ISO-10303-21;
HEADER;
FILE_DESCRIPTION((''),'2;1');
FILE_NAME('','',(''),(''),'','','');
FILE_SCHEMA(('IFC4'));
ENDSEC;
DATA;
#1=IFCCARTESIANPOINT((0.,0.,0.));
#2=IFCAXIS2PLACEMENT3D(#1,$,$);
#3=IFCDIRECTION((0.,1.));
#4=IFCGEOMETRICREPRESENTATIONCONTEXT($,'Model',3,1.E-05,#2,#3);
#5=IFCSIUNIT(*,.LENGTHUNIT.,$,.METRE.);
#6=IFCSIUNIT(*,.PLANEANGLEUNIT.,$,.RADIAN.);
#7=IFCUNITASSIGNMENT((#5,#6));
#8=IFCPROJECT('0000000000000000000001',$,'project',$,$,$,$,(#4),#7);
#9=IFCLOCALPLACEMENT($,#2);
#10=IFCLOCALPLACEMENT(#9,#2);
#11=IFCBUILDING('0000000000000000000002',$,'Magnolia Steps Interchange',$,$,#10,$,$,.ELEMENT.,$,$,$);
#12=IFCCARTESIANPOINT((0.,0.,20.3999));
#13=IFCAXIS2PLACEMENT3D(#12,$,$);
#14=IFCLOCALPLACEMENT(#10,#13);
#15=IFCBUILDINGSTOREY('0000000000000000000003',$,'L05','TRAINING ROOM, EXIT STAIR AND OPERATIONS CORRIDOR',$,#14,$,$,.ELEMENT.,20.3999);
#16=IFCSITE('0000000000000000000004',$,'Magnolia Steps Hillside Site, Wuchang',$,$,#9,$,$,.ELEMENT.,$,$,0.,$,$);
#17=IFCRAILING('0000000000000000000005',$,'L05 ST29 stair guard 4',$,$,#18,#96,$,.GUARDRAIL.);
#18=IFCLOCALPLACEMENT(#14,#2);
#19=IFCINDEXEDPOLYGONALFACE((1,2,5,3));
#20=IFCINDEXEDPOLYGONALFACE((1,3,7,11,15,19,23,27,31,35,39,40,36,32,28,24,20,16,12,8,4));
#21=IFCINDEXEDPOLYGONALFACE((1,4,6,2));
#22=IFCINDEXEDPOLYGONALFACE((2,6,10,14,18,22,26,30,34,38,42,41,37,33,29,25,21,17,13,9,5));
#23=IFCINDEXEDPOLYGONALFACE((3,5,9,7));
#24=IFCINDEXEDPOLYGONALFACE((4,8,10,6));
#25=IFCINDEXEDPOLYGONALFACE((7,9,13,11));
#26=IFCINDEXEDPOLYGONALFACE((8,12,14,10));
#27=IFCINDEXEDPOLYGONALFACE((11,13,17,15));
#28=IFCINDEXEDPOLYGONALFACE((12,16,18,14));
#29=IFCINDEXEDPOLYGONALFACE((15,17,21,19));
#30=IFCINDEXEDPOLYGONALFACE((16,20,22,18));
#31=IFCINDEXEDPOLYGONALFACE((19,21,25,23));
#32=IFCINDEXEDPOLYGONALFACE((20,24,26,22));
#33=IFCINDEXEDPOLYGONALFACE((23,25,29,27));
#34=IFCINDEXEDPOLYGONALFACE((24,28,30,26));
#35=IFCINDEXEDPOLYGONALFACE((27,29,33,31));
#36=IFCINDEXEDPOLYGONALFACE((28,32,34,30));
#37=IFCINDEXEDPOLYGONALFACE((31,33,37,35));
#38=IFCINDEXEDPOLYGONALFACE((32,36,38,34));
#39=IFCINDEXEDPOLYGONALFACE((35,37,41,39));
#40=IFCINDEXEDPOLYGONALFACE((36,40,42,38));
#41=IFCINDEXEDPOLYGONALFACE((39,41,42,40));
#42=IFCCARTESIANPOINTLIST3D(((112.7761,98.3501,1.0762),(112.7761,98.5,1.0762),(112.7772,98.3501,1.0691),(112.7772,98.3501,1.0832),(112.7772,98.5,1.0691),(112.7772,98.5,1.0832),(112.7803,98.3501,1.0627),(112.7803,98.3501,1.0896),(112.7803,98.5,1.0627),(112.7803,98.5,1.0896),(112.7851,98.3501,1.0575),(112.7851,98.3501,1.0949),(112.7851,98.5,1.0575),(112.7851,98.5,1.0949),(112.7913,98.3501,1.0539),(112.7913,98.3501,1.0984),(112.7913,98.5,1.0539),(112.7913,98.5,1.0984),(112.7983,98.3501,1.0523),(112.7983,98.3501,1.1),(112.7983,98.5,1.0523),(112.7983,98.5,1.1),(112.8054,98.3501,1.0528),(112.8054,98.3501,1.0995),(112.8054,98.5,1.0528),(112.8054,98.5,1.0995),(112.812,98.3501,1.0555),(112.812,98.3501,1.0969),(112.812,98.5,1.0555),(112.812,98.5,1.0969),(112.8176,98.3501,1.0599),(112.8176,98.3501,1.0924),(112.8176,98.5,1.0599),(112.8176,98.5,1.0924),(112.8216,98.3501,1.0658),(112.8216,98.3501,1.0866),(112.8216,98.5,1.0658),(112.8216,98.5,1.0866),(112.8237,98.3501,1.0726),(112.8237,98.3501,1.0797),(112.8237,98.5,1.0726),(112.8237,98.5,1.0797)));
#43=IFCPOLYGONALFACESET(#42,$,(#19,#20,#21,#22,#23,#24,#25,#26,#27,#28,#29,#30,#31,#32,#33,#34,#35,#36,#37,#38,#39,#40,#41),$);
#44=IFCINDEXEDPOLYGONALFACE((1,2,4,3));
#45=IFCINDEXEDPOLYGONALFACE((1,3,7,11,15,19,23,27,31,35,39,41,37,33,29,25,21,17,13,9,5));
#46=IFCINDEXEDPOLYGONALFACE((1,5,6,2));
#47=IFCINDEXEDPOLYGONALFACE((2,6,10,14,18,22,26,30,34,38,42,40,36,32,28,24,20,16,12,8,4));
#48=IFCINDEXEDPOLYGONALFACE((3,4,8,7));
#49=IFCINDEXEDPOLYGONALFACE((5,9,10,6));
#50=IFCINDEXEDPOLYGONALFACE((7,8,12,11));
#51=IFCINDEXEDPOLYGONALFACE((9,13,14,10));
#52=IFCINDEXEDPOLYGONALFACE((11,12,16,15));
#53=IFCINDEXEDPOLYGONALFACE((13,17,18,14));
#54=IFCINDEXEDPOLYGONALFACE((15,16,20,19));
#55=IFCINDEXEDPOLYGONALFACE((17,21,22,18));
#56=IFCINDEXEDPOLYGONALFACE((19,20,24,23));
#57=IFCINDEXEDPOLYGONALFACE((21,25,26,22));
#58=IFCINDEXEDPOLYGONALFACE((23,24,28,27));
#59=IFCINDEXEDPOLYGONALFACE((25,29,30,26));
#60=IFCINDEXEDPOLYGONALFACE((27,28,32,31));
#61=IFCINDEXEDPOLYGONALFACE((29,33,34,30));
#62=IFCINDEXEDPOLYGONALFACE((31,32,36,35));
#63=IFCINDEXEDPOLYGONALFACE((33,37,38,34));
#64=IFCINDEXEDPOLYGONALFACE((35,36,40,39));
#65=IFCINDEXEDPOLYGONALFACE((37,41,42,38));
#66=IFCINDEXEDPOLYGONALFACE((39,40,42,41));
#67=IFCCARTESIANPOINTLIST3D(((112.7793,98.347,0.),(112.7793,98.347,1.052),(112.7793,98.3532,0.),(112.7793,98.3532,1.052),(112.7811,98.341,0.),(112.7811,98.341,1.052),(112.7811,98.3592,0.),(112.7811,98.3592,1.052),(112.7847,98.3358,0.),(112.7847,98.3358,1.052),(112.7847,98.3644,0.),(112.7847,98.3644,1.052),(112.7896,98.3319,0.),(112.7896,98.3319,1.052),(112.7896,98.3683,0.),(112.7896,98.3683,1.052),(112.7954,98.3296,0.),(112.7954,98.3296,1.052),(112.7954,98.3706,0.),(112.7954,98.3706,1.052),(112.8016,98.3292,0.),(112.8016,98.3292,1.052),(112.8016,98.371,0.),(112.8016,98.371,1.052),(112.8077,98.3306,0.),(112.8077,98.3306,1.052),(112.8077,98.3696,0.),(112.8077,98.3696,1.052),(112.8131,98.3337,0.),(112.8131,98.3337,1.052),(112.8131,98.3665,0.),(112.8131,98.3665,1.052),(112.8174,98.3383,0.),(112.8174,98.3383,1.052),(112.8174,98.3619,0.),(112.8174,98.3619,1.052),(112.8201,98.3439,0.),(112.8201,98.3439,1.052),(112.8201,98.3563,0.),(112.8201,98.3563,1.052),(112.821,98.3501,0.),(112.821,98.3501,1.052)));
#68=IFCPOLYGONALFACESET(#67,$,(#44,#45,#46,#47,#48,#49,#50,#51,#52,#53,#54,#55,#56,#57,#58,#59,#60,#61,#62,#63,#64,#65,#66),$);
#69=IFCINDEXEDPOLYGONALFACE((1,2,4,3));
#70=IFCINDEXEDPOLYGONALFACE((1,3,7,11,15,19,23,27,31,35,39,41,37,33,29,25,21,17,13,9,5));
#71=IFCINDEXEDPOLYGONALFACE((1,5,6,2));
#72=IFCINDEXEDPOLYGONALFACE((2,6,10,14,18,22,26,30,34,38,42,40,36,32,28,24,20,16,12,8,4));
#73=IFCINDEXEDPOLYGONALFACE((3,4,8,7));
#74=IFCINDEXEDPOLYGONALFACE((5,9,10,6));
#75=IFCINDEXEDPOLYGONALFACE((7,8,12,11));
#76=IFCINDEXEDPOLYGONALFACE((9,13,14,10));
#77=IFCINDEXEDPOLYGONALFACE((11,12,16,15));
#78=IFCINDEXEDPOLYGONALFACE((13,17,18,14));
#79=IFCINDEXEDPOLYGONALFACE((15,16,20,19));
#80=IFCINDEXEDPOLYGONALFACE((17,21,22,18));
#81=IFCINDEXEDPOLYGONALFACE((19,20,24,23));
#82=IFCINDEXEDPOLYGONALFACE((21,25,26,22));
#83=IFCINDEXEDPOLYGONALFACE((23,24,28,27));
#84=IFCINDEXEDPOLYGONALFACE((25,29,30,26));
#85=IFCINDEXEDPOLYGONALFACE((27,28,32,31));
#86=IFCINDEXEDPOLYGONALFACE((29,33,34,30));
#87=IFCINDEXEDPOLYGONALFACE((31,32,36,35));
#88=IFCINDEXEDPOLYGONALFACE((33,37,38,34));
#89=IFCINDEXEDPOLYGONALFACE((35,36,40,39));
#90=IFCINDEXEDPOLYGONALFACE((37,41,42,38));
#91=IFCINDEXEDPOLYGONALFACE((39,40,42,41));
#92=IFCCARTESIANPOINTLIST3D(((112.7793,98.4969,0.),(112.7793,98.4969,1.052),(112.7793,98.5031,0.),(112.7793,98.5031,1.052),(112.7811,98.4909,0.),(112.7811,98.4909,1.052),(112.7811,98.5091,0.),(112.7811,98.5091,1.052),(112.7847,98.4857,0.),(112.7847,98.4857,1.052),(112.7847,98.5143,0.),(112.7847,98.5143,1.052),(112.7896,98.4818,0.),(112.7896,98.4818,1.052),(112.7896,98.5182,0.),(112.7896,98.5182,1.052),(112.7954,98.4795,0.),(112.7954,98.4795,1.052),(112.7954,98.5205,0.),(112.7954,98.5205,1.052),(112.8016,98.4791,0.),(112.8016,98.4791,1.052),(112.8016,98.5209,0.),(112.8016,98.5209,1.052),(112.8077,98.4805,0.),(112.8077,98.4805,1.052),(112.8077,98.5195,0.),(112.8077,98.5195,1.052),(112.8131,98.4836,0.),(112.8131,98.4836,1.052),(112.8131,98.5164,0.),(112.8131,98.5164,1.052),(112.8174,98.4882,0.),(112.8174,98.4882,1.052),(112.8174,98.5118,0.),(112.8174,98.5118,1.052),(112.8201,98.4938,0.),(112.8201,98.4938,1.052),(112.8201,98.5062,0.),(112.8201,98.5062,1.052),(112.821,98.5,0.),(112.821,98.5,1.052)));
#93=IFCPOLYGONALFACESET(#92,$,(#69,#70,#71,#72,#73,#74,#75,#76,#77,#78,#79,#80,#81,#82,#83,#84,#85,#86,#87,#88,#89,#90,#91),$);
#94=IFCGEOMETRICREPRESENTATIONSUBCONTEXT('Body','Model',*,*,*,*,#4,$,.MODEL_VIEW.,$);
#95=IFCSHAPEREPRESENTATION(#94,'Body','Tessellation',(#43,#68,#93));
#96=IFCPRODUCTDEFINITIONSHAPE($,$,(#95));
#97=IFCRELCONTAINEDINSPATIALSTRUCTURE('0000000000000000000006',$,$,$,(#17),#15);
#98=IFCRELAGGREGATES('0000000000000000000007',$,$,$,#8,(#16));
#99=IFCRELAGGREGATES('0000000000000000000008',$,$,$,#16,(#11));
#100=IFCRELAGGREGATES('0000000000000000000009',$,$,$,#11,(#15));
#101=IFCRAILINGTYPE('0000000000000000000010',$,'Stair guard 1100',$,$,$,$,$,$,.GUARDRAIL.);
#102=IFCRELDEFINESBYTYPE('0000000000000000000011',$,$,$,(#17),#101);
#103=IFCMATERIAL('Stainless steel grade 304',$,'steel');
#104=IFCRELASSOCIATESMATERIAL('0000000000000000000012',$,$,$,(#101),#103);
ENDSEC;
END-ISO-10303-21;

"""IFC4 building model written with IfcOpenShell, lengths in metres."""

from ifc_helpers import new_model, si_unit, direction, frame, origin, origin_2d, place, context, subcontext, project, spatial, circle, extrude, material, type_object, element, save


model = new_model("IFC4")

# Units and contexts
model_context = context("Model", 3, precision=1e-05, world=origin(), true_north=direction((0.0, 1.0)))
body_context = subcontext(model_context, "Body", "Model", "MODEL_VIEW")
ifc_project = project(units=[si_unit("LENGTHUNIT", "METRE"), si_unit("PLANEANGLEUNIT", "RADIAN")], contexts=[model_context])

# Site, building, storey
site_placement = place(None, origin())
site = spatial("IfcSite", under=ifc_project, at=site_placement, Name="Magnolia Steps Hillside Site, Wuchang", CompositionType="ELEMENT", RefElevation=0.0)
building_placement = place(site_placement, origin())
building = spatial("IfcBuilding", under=site, at=building_placement, Name="Magnolia Steps Interchange", CompositionType="ELEMENT")
storey_placement = place(building_placement, frame((0.0, 0.0, 20.3999)))
storey = spatial("IfcBuildingStorey", under=building, at=storey_placement, Name="L05", Description="TRAINING ROOM, EXIT STAIR AND OPERATIONS CORRIDOR", CompositionType="ELEMENT", Elevation=20.3999)

# Railing
ifc_material_1 = material(Name="Stainless steel grade 304", Category="steel")
railing_type_1 = type_object("IfcRailingType", Name="Stair guard 1100", PredefinedType="GUARDRAIL", material=ifc_material_1)
railing_1_placement = place(storey_placement, frame((112.8, 98.3501, 0.0)))
element("IfcRailing", 1, at=railing_1_placement, inside=storey, type_object=railing_type_1, Name="L05 ST29 stair guard 4", PredefinedType="GUARDRAIL", context=body_context, shape_type="SweptSolid", body=[
    extrude(circle(Radius=0.0239, at=origin_2d()), frame((0.0, 0.0, 1.0762), z_axis=(0.0, 1.0, 0.0), x_axis=(-1.0, 0.0, 0.0)), (0.0, 0.0, 1.0), 0.1499),
    extrude(circle(Radius=0.021, at=origin_2d()), origin(), (0.0, 0.0, 1.0), 1.052),
    extrude(circle(Radius=0.021, at=origin_2d()), frame((0.0, 0.1499, 0.0)), (0.0, 0.0, 1.0), 1.052),
])

save(model, "model.ifc")
